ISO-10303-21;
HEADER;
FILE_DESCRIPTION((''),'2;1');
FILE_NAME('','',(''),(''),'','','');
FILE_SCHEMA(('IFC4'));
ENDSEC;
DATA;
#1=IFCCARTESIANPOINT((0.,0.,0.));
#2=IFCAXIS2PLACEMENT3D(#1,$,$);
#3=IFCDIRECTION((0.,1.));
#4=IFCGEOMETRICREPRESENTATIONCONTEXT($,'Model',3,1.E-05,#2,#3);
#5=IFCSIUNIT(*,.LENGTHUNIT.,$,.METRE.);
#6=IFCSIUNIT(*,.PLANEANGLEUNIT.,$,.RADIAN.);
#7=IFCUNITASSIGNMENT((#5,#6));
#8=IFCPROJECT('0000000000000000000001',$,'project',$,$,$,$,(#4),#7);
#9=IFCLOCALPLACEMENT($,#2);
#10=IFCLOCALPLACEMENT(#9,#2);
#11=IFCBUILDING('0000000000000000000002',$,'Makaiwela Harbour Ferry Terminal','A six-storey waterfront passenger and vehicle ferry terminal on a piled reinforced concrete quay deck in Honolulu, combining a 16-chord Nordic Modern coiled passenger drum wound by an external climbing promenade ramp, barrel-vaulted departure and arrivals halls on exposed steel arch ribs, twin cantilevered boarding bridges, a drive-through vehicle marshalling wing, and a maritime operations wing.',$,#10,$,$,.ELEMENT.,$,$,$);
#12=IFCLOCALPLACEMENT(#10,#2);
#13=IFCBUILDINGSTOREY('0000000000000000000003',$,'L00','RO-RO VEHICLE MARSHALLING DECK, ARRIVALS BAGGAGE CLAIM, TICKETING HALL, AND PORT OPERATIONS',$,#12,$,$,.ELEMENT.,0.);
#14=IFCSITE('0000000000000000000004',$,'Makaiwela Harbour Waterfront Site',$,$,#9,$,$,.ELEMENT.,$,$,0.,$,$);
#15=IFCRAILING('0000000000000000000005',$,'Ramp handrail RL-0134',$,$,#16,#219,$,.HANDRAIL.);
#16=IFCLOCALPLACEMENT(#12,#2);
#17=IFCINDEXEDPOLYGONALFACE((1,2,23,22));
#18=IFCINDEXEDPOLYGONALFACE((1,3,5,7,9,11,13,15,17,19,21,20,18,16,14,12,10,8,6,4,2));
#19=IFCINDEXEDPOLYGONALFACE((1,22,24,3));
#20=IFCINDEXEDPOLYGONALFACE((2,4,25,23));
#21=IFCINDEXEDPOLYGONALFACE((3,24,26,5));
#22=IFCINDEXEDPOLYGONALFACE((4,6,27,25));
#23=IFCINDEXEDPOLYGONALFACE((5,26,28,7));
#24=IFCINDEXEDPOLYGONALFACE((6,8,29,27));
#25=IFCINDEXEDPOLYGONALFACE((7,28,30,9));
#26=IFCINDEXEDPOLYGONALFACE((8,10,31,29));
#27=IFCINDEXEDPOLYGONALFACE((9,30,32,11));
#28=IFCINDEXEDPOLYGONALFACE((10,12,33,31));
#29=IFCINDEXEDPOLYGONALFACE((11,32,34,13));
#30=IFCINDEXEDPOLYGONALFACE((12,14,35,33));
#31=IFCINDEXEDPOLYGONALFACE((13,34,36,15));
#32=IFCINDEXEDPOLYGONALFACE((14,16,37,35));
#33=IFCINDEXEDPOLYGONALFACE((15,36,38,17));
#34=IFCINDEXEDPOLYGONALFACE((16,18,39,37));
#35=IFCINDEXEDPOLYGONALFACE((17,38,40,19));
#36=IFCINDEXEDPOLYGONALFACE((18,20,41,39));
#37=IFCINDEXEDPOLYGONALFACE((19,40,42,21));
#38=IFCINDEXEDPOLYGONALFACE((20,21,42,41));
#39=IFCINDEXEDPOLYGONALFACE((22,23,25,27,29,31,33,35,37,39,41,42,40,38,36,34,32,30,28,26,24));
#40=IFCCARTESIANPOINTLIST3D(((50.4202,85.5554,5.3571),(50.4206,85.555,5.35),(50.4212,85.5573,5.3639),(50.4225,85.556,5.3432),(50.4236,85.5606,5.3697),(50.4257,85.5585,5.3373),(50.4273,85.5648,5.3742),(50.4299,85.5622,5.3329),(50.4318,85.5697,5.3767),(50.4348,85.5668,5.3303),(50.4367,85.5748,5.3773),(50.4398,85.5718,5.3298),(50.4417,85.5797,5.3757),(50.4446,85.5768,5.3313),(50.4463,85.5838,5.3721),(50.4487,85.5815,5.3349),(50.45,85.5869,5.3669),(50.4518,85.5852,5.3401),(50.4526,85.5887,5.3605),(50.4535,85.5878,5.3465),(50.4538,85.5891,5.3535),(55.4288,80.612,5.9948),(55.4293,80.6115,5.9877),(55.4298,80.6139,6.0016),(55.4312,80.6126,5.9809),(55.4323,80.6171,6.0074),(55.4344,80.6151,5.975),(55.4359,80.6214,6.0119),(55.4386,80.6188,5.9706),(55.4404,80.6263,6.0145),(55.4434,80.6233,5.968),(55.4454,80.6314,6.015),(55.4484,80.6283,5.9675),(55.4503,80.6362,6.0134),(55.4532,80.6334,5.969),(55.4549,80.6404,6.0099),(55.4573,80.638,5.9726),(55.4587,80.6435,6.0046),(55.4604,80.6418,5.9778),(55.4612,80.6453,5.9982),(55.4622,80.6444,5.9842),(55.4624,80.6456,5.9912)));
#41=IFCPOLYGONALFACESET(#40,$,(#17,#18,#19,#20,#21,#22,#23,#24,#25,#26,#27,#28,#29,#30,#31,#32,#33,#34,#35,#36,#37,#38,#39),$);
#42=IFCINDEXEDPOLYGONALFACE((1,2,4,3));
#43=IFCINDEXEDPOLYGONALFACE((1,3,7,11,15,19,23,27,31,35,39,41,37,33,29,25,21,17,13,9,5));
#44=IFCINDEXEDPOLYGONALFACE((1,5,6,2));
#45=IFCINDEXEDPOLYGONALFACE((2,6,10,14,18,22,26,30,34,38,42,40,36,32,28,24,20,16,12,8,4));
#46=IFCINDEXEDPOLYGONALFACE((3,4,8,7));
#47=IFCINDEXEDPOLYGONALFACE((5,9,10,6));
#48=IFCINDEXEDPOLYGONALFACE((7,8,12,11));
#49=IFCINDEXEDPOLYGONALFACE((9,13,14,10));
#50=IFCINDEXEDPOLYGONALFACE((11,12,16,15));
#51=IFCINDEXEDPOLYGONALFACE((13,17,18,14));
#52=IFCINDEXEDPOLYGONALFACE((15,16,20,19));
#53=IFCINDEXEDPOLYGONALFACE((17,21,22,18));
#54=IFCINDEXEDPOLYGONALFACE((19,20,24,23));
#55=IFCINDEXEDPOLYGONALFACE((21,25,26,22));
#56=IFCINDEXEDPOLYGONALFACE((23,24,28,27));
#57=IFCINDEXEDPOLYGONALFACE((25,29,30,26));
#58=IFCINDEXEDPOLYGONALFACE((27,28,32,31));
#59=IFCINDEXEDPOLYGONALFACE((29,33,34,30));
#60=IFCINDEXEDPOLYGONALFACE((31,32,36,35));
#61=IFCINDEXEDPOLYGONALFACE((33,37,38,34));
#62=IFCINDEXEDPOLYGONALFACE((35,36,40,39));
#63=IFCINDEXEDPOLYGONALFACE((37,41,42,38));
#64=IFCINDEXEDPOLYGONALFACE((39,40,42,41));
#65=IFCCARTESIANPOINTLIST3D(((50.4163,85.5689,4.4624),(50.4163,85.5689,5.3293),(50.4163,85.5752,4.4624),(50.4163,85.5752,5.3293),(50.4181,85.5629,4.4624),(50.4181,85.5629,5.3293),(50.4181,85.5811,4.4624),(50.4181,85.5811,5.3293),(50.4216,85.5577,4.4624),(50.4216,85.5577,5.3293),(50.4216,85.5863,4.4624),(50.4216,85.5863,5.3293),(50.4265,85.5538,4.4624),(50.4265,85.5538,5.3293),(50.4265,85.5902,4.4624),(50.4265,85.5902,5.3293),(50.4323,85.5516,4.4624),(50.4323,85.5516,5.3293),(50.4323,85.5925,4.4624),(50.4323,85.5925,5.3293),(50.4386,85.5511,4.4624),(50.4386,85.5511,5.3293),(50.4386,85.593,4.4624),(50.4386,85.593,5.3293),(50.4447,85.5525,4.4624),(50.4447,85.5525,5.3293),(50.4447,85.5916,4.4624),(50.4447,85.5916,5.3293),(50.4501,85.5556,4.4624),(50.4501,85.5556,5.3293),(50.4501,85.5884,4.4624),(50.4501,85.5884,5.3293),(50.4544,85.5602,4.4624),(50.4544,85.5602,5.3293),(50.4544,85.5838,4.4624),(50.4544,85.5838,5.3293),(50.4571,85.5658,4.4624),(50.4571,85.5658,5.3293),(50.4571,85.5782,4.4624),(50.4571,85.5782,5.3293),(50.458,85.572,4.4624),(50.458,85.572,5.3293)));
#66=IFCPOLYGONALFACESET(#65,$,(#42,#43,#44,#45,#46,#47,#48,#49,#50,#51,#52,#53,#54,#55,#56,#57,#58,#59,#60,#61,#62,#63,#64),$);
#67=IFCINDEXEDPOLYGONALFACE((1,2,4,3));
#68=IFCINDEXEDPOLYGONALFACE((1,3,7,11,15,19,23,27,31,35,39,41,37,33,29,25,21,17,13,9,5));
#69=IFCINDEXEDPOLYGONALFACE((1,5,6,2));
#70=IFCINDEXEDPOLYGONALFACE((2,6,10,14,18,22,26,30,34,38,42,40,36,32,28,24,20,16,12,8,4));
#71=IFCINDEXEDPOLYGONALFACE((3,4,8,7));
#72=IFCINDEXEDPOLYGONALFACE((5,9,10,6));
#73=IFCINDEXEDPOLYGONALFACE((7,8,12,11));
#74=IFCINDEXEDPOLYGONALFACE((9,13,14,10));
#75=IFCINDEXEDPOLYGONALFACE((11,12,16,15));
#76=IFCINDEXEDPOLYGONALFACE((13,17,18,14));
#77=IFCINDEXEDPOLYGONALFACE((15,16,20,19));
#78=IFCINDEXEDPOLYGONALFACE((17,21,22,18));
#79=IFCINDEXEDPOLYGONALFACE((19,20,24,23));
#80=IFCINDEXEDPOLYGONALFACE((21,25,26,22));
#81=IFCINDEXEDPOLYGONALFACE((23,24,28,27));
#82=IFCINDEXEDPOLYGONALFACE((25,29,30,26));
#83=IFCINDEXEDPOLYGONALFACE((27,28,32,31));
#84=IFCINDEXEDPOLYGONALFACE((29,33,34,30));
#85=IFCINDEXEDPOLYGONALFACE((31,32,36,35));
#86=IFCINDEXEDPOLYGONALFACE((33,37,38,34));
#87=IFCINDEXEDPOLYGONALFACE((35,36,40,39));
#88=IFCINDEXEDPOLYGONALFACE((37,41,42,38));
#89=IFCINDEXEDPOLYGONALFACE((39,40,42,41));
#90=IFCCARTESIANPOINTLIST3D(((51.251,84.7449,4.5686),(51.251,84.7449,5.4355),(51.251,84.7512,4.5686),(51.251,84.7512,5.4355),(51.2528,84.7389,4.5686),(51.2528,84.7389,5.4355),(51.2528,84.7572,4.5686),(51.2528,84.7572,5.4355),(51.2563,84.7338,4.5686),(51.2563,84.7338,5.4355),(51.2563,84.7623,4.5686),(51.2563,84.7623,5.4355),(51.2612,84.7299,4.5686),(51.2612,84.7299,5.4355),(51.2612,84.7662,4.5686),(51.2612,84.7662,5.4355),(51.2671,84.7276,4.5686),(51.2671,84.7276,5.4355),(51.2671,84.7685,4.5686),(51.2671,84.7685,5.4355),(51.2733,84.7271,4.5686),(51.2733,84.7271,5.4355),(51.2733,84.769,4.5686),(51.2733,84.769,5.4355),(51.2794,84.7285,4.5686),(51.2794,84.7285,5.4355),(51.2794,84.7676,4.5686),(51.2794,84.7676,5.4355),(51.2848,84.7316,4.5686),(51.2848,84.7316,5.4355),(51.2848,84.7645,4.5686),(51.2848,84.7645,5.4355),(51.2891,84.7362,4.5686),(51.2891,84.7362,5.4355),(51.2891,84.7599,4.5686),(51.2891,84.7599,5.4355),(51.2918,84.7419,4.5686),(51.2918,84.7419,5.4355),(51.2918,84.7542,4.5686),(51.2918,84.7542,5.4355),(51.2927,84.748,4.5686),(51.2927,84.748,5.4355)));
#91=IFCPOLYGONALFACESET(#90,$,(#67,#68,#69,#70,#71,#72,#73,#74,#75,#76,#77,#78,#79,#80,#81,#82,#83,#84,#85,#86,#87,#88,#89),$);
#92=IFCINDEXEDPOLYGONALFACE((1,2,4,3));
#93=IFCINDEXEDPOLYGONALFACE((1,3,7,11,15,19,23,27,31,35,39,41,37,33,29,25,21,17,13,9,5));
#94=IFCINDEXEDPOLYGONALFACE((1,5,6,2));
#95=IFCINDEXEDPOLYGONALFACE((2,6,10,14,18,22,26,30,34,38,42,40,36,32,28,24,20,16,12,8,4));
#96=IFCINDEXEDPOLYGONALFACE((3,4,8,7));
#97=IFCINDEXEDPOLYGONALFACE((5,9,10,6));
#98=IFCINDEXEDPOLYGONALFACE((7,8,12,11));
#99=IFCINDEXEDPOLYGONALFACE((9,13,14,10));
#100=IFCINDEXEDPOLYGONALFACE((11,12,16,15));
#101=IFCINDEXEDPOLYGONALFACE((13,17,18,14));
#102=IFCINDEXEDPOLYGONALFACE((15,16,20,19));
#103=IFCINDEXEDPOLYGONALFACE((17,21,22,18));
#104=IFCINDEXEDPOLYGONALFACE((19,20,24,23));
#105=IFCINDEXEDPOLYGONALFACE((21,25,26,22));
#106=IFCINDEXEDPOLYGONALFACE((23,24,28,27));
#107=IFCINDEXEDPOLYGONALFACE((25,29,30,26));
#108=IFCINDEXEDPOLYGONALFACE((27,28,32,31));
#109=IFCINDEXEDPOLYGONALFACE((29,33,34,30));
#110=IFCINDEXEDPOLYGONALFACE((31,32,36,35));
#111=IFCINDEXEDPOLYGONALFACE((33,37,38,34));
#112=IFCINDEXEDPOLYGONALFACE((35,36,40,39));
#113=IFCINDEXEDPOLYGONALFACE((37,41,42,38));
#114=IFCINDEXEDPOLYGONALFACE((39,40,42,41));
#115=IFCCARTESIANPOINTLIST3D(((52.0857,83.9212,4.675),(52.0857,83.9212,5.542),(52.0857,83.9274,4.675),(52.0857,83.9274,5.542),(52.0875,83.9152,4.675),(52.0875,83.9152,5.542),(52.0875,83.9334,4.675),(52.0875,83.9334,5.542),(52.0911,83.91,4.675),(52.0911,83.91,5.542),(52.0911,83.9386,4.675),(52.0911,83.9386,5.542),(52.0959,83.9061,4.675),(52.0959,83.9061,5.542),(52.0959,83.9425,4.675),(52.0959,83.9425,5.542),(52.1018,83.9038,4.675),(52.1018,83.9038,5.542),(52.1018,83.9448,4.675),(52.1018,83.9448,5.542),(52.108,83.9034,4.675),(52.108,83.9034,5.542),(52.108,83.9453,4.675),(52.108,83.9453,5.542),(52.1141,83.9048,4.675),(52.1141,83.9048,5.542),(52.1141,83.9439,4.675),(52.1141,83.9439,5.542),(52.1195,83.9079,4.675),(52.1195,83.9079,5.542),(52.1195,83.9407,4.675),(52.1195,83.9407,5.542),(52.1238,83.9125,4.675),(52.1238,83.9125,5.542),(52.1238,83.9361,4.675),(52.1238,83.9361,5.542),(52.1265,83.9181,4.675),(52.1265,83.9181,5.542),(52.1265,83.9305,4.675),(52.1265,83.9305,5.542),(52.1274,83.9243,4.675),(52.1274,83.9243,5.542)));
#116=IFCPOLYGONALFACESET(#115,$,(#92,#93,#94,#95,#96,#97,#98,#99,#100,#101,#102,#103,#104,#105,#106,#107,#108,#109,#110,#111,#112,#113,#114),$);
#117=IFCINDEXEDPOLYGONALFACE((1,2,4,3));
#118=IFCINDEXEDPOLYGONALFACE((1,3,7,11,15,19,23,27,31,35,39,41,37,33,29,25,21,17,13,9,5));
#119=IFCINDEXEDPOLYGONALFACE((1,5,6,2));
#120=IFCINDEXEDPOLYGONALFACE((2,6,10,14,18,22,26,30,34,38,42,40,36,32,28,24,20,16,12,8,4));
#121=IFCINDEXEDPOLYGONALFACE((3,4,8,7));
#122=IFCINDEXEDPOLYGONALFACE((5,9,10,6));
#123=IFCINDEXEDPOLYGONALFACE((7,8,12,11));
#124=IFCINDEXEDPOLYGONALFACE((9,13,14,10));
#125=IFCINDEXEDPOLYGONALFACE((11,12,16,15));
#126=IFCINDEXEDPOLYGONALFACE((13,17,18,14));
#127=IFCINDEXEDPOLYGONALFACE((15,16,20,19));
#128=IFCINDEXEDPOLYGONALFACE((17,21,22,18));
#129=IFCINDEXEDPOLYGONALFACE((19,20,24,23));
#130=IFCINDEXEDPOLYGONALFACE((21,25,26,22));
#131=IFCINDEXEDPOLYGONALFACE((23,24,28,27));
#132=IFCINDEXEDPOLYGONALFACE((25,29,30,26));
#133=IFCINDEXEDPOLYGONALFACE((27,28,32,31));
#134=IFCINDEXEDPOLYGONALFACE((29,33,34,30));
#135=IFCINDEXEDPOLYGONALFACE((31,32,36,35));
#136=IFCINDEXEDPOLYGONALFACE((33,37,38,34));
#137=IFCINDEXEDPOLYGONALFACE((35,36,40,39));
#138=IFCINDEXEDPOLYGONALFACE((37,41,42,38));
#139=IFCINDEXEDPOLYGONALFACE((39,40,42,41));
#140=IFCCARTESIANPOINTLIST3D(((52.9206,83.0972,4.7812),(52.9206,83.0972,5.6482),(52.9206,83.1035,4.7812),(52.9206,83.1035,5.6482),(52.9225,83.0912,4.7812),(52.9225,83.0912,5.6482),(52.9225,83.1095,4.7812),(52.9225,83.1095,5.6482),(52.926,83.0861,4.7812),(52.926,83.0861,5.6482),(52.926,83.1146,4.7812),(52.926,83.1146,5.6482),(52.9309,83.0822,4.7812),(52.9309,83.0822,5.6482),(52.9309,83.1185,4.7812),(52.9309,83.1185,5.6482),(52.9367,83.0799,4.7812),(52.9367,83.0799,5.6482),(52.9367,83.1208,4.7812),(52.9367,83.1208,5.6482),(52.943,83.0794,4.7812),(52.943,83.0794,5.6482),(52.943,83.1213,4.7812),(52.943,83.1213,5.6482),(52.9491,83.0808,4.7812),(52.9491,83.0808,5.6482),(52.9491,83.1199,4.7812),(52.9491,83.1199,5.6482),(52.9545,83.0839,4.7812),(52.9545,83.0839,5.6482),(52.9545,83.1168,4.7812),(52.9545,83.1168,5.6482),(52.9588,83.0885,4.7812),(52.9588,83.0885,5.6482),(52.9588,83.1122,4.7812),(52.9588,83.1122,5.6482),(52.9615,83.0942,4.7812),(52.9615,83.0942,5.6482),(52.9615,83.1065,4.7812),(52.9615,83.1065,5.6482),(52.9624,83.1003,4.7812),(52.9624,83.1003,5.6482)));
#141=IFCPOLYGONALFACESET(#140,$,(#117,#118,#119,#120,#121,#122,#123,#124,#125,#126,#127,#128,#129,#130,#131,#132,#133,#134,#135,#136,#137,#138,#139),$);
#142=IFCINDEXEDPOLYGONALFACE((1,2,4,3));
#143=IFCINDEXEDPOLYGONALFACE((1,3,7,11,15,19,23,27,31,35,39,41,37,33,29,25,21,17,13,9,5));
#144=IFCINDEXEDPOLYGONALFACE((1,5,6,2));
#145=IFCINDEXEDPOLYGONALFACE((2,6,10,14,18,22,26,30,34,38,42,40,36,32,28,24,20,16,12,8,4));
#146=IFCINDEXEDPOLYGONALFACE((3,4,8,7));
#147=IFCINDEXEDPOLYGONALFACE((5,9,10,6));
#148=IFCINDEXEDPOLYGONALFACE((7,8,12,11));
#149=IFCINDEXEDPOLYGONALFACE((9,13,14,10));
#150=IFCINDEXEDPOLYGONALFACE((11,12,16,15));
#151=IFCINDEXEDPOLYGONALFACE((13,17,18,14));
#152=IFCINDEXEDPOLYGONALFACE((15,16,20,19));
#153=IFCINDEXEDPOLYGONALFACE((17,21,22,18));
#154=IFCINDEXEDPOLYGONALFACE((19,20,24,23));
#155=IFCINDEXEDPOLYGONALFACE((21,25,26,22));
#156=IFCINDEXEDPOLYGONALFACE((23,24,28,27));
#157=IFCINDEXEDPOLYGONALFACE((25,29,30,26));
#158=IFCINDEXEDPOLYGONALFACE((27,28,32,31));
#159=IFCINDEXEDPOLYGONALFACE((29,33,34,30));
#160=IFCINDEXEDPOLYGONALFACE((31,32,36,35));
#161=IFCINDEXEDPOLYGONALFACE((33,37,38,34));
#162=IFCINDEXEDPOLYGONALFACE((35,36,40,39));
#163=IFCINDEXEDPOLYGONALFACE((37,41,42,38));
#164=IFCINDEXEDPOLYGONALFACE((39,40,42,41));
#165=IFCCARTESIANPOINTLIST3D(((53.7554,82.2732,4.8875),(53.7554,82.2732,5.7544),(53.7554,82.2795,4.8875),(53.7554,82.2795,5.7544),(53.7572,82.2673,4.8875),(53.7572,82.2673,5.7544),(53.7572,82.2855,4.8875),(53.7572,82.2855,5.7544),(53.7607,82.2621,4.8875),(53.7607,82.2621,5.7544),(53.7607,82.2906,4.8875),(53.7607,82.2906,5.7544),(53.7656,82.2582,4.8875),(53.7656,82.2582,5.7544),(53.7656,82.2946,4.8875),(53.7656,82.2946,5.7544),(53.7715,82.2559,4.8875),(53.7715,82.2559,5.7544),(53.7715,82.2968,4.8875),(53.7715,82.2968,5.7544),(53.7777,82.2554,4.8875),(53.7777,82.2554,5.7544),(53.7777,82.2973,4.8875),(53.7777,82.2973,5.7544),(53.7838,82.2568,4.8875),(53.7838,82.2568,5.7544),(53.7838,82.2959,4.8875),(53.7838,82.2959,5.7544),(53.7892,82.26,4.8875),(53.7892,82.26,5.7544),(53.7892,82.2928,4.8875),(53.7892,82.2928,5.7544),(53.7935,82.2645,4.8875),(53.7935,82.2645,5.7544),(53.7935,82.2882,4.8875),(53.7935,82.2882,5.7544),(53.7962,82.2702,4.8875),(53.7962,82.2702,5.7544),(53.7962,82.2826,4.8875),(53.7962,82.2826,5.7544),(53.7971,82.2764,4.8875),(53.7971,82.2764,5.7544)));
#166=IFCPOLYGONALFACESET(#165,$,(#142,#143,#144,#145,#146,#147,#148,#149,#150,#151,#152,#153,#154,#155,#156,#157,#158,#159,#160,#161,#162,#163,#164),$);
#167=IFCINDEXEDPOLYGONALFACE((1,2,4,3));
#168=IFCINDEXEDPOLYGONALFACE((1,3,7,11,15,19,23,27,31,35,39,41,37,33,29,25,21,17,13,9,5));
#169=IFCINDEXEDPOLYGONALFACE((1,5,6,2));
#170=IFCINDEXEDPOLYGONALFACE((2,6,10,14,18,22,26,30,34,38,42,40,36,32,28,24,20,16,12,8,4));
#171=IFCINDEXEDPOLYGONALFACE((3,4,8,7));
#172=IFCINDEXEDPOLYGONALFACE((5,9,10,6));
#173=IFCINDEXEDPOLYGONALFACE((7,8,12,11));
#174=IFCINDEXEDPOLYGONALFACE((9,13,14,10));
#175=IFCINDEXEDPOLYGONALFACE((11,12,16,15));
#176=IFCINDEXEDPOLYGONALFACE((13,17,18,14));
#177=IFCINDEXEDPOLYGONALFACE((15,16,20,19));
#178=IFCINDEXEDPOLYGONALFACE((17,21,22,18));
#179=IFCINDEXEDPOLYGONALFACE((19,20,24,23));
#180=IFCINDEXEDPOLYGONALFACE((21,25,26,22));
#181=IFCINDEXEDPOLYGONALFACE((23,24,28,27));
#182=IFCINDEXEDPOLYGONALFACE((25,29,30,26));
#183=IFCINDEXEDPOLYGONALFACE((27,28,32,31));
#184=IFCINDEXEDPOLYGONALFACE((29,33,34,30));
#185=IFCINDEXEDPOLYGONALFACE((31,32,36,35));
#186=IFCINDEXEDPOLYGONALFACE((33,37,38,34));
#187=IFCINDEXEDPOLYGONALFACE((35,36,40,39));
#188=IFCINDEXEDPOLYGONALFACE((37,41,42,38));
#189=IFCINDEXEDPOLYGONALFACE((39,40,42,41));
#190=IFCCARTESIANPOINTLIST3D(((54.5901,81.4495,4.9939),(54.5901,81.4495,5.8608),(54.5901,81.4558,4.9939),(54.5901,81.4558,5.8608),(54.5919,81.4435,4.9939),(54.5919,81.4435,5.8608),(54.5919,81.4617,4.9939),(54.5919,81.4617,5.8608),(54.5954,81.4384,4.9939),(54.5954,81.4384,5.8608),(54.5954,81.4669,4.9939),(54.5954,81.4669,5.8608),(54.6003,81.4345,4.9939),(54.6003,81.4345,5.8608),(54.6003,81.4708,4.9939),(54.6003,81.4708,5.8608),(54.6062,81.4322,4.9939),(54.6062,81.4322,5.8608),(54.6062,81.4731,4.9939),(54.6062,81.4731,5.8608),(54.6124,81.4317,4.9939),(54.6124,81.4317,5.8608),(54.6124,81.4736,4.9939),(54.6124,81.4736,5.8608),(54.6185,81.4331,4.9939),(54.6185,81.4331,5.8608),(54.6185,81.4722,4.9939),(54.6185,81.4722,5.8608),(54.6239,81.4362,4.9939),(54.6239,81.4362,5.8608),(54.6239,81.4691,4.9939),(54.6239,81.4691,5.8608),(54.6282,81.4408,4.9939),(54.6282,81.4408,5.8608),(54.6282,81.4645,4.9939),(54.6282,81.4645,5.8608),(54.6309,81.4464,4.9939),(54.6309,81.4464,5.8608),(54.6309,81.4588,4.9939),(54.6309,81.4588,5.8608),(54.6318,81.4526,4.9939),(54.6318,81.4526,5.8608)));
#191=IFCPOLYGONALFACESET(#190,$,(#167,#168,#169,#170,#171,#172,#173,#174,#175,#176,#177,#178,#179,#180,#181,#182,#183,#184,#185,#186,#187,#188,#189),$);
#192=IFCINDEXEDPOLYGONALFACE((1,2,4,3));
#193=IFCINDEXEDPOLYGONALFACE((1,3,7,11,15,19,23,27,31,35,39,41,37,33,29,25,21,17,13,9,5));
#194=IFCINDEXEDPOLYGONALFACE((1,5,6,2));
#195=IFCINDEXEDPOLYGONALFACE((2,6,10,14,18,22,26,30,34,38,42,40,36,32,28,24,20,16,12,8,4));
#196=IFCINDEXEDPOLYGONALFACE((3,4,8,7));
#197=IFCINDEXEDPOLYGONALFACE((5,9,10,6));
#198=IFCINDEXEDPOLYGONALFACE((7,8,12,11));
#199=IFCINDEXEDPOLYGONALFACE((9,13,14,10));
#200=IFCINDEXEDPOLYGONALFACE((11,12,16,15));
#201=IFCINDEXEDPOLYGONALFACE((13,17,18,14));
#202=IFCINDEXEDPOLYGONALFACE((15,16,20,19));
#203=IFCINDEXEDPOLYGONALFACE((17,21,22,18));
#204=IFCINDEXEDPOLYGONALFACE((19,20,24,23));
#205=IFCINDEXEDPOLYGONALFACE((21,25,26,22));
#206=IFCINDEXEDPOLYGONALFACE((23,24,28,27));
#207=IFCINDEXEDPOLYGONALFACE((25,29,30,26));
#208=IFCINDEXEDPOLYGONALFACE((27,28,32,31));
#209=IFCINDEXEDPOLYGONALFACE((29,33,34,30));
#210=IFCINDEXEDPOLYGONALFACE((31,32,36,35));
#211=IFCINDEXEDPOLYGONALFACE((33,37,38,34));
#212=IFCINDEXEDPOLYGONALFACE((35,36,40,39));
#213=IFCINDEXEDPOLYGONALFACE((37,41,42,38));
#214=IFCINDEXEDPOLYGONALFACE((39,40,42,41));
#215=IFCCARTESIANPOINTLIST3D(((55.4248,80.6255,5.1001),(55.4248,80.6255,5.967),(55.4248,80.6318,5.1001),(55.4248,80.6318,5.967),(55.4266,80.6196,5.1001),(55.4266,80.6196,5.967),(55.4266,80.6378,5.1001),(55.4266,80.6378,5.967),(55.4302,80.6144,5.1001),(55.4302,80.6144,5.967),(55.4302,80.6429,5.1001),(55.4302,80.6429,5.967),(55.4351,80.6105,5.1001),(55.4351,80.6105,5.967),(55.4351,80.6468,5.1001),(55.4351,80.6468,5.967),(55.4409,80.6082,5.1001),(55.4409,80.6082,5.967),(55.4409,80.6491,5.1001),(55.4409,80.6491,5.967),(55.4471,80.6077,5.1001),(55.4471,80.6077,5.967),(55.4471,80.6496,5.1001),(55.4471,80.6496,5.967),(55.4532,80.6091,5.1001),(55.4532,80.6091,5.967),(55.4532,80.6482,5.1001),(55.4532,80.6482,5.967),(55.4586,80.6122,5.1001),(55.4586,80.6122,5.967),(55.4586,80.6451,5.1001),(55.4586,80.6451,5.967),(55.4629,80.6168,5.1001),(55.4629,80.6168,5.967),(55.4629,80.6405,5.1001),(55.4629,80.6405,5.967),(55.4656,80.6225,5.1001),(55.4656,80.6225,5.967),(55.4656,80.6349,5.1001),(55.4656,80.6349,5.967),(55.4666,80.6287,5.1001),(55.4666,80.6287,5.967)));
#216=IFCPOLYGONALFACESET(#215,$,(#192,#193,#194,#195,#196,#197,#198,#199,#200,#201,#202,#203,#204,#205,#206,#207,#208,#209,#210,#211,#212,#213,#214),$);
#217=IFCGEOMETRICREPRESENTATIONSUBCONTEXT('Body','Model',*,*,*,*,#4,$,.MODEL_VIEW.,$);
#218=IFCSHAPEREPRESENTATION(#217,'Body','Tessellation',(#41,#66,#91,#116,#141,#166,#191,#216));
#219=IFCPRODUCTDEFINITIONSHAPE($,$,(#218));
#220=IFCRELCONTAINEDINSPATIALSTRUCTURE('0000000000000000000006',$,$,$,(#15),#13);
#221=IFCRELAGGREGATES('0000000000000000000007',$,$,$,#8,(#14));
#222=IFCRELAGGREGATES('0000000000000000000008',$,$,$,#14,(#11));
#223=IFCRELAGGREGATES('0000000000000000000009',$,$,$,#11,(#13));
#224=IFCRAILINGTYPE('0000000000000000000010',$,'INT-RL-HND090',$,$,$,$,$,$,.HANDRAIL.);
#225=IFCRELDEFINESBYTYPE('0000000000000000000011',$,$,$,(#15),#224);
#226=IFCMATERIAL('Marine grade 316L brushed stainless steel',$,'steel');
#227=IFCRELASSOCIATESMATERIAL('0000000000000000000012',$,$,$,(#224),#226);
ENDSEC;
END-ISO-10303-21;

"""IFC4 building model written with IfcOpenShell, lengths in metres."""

from ifc_helpers import new_model, si_unit, direction, frame, origin, origin_2d, place, context, subcontext, project, spatial, circle, extrude, material, type_object, element, save


model = new_model("IFC4")

# Units and contexts
model_context = context("Model", 3, precision=1e-05, world=origin(), true_north=direction((0.0, 1.0)))
body_context = subcontext(model_context, "Body", "Model", "MODEL_VIEW")
ifc_project = project(units=[si_unit("LENGTHUNIT", "METRE"), si_unit("PLANEANGLEUNIT", "RADIAN")], contexts=[model_context])

# Site, building, storey
site_placement = place(None, origin())
site = spatial("IfcSite", under=ifc_project, at=site_placement, Name="Makaiwela Harbour Waterfront Site", CompositionType="ELEMENT", RefElevation=0.0)
building_placement = place(site_placement, origin())
building = spatial("IfcBuilding", under=site, at=building_placement, Name="Makaiwela Harbour Ferry Terminal", Description="A six-storey waterfront passenger and vehicle ferry terminal on a piled reinforced concrete quay deck in Honolulu, combining a 16-chord Nordic Modern coiled passenger drum wound by an external climbing promenade ramp, barrel-vaulted departure and arrivals halls on exposed steel arch ribs, twin cantilevered boarding bridges, a drive-through vehicle marshalling wing, and a maritime operations wing.", CompositionType="ELEMENT")
storey_placement = place(building_placement, origin())
storey = spatial("IfcBuildingStorey", under=building, at=storey_placement, Name="L00", Description="RO-RO VEHICLE MARSHALLING DECK, ARRIVALS BAGGAGE CLAIM, TICKETING HALL, AND PORT OPERATIONS", CompositionType="ELEMENT", Elevation=0.0)

# Railing
ifc_material_1 = material(Name="Marine grade 316L brushed stainless steel", Category="steel")
railing_type_1 = type_object("IfcRailingType", Name="INT-RL-HND090", PredefinedType="HANDRAIL", material=ifc_material_1)
railing_1_placement = place(storey_placement, frame((50.437, 85.572, 4.4624)))
element("IfcRailing", 1, at=railing_1_placement, inside=storey, type_object=railing_type_1, Name="Ramp handrail RL-0134", PredefinedType="HANDRAIL", context=body_context, shape_type="SweptSolid", body=[
    extrude(circle(Radius=0.0239, at=origin_2d()), frame((0.0, 0.0, 0.8911), z_axis=(0.708819, -0.699594, 0.090248), x_axis=(0.70246, 0.711723, 0.0)), (0.0, 0.0, 1.0), 7.0662),
    extrude(circle(Radius=0.021, at=origin_2d()), origin(), (0.0, 0.0, 1.0), 0.8669),
    extrude(circle(Radius=0.021, at=origin_2d()), frame((0.8347, -0.824, 0.1062)), (0.0, 0.0, 1.0), 0.8669),
    extrude(circle(Radius=0.021, at=origin_2d()), frame((1.6694, -1.6477, 0.2126)), (0.0, 0.0, 1.0), 0.8669),
    extrude(circle(Radius=0.021, at=origin_2d()), frame((2.5044, -2.4717, 0.3188)), (0.0, 0.0, 1.0), 0.8669),
    extrude(circle(Radius=0.021, at=origin_2d()), frame((3.3391, -3.2957, 0.425)), (0.0, 0.0, 1.0), 0.8669),
    extrude(circle(Radius=0.021, at=origin_2d()), frame((4.1738, -4.1194, 0.5315)), (0.0, 0.0, 1.0), 0.8669),
    extrude(circle(Radius=0.021, at=origin_2d()), frame((5.0085, -4.9434, 0.6377)), (0.0, 0.0, 1.0), 0.8669),
])

save(model, "model.ifc")
